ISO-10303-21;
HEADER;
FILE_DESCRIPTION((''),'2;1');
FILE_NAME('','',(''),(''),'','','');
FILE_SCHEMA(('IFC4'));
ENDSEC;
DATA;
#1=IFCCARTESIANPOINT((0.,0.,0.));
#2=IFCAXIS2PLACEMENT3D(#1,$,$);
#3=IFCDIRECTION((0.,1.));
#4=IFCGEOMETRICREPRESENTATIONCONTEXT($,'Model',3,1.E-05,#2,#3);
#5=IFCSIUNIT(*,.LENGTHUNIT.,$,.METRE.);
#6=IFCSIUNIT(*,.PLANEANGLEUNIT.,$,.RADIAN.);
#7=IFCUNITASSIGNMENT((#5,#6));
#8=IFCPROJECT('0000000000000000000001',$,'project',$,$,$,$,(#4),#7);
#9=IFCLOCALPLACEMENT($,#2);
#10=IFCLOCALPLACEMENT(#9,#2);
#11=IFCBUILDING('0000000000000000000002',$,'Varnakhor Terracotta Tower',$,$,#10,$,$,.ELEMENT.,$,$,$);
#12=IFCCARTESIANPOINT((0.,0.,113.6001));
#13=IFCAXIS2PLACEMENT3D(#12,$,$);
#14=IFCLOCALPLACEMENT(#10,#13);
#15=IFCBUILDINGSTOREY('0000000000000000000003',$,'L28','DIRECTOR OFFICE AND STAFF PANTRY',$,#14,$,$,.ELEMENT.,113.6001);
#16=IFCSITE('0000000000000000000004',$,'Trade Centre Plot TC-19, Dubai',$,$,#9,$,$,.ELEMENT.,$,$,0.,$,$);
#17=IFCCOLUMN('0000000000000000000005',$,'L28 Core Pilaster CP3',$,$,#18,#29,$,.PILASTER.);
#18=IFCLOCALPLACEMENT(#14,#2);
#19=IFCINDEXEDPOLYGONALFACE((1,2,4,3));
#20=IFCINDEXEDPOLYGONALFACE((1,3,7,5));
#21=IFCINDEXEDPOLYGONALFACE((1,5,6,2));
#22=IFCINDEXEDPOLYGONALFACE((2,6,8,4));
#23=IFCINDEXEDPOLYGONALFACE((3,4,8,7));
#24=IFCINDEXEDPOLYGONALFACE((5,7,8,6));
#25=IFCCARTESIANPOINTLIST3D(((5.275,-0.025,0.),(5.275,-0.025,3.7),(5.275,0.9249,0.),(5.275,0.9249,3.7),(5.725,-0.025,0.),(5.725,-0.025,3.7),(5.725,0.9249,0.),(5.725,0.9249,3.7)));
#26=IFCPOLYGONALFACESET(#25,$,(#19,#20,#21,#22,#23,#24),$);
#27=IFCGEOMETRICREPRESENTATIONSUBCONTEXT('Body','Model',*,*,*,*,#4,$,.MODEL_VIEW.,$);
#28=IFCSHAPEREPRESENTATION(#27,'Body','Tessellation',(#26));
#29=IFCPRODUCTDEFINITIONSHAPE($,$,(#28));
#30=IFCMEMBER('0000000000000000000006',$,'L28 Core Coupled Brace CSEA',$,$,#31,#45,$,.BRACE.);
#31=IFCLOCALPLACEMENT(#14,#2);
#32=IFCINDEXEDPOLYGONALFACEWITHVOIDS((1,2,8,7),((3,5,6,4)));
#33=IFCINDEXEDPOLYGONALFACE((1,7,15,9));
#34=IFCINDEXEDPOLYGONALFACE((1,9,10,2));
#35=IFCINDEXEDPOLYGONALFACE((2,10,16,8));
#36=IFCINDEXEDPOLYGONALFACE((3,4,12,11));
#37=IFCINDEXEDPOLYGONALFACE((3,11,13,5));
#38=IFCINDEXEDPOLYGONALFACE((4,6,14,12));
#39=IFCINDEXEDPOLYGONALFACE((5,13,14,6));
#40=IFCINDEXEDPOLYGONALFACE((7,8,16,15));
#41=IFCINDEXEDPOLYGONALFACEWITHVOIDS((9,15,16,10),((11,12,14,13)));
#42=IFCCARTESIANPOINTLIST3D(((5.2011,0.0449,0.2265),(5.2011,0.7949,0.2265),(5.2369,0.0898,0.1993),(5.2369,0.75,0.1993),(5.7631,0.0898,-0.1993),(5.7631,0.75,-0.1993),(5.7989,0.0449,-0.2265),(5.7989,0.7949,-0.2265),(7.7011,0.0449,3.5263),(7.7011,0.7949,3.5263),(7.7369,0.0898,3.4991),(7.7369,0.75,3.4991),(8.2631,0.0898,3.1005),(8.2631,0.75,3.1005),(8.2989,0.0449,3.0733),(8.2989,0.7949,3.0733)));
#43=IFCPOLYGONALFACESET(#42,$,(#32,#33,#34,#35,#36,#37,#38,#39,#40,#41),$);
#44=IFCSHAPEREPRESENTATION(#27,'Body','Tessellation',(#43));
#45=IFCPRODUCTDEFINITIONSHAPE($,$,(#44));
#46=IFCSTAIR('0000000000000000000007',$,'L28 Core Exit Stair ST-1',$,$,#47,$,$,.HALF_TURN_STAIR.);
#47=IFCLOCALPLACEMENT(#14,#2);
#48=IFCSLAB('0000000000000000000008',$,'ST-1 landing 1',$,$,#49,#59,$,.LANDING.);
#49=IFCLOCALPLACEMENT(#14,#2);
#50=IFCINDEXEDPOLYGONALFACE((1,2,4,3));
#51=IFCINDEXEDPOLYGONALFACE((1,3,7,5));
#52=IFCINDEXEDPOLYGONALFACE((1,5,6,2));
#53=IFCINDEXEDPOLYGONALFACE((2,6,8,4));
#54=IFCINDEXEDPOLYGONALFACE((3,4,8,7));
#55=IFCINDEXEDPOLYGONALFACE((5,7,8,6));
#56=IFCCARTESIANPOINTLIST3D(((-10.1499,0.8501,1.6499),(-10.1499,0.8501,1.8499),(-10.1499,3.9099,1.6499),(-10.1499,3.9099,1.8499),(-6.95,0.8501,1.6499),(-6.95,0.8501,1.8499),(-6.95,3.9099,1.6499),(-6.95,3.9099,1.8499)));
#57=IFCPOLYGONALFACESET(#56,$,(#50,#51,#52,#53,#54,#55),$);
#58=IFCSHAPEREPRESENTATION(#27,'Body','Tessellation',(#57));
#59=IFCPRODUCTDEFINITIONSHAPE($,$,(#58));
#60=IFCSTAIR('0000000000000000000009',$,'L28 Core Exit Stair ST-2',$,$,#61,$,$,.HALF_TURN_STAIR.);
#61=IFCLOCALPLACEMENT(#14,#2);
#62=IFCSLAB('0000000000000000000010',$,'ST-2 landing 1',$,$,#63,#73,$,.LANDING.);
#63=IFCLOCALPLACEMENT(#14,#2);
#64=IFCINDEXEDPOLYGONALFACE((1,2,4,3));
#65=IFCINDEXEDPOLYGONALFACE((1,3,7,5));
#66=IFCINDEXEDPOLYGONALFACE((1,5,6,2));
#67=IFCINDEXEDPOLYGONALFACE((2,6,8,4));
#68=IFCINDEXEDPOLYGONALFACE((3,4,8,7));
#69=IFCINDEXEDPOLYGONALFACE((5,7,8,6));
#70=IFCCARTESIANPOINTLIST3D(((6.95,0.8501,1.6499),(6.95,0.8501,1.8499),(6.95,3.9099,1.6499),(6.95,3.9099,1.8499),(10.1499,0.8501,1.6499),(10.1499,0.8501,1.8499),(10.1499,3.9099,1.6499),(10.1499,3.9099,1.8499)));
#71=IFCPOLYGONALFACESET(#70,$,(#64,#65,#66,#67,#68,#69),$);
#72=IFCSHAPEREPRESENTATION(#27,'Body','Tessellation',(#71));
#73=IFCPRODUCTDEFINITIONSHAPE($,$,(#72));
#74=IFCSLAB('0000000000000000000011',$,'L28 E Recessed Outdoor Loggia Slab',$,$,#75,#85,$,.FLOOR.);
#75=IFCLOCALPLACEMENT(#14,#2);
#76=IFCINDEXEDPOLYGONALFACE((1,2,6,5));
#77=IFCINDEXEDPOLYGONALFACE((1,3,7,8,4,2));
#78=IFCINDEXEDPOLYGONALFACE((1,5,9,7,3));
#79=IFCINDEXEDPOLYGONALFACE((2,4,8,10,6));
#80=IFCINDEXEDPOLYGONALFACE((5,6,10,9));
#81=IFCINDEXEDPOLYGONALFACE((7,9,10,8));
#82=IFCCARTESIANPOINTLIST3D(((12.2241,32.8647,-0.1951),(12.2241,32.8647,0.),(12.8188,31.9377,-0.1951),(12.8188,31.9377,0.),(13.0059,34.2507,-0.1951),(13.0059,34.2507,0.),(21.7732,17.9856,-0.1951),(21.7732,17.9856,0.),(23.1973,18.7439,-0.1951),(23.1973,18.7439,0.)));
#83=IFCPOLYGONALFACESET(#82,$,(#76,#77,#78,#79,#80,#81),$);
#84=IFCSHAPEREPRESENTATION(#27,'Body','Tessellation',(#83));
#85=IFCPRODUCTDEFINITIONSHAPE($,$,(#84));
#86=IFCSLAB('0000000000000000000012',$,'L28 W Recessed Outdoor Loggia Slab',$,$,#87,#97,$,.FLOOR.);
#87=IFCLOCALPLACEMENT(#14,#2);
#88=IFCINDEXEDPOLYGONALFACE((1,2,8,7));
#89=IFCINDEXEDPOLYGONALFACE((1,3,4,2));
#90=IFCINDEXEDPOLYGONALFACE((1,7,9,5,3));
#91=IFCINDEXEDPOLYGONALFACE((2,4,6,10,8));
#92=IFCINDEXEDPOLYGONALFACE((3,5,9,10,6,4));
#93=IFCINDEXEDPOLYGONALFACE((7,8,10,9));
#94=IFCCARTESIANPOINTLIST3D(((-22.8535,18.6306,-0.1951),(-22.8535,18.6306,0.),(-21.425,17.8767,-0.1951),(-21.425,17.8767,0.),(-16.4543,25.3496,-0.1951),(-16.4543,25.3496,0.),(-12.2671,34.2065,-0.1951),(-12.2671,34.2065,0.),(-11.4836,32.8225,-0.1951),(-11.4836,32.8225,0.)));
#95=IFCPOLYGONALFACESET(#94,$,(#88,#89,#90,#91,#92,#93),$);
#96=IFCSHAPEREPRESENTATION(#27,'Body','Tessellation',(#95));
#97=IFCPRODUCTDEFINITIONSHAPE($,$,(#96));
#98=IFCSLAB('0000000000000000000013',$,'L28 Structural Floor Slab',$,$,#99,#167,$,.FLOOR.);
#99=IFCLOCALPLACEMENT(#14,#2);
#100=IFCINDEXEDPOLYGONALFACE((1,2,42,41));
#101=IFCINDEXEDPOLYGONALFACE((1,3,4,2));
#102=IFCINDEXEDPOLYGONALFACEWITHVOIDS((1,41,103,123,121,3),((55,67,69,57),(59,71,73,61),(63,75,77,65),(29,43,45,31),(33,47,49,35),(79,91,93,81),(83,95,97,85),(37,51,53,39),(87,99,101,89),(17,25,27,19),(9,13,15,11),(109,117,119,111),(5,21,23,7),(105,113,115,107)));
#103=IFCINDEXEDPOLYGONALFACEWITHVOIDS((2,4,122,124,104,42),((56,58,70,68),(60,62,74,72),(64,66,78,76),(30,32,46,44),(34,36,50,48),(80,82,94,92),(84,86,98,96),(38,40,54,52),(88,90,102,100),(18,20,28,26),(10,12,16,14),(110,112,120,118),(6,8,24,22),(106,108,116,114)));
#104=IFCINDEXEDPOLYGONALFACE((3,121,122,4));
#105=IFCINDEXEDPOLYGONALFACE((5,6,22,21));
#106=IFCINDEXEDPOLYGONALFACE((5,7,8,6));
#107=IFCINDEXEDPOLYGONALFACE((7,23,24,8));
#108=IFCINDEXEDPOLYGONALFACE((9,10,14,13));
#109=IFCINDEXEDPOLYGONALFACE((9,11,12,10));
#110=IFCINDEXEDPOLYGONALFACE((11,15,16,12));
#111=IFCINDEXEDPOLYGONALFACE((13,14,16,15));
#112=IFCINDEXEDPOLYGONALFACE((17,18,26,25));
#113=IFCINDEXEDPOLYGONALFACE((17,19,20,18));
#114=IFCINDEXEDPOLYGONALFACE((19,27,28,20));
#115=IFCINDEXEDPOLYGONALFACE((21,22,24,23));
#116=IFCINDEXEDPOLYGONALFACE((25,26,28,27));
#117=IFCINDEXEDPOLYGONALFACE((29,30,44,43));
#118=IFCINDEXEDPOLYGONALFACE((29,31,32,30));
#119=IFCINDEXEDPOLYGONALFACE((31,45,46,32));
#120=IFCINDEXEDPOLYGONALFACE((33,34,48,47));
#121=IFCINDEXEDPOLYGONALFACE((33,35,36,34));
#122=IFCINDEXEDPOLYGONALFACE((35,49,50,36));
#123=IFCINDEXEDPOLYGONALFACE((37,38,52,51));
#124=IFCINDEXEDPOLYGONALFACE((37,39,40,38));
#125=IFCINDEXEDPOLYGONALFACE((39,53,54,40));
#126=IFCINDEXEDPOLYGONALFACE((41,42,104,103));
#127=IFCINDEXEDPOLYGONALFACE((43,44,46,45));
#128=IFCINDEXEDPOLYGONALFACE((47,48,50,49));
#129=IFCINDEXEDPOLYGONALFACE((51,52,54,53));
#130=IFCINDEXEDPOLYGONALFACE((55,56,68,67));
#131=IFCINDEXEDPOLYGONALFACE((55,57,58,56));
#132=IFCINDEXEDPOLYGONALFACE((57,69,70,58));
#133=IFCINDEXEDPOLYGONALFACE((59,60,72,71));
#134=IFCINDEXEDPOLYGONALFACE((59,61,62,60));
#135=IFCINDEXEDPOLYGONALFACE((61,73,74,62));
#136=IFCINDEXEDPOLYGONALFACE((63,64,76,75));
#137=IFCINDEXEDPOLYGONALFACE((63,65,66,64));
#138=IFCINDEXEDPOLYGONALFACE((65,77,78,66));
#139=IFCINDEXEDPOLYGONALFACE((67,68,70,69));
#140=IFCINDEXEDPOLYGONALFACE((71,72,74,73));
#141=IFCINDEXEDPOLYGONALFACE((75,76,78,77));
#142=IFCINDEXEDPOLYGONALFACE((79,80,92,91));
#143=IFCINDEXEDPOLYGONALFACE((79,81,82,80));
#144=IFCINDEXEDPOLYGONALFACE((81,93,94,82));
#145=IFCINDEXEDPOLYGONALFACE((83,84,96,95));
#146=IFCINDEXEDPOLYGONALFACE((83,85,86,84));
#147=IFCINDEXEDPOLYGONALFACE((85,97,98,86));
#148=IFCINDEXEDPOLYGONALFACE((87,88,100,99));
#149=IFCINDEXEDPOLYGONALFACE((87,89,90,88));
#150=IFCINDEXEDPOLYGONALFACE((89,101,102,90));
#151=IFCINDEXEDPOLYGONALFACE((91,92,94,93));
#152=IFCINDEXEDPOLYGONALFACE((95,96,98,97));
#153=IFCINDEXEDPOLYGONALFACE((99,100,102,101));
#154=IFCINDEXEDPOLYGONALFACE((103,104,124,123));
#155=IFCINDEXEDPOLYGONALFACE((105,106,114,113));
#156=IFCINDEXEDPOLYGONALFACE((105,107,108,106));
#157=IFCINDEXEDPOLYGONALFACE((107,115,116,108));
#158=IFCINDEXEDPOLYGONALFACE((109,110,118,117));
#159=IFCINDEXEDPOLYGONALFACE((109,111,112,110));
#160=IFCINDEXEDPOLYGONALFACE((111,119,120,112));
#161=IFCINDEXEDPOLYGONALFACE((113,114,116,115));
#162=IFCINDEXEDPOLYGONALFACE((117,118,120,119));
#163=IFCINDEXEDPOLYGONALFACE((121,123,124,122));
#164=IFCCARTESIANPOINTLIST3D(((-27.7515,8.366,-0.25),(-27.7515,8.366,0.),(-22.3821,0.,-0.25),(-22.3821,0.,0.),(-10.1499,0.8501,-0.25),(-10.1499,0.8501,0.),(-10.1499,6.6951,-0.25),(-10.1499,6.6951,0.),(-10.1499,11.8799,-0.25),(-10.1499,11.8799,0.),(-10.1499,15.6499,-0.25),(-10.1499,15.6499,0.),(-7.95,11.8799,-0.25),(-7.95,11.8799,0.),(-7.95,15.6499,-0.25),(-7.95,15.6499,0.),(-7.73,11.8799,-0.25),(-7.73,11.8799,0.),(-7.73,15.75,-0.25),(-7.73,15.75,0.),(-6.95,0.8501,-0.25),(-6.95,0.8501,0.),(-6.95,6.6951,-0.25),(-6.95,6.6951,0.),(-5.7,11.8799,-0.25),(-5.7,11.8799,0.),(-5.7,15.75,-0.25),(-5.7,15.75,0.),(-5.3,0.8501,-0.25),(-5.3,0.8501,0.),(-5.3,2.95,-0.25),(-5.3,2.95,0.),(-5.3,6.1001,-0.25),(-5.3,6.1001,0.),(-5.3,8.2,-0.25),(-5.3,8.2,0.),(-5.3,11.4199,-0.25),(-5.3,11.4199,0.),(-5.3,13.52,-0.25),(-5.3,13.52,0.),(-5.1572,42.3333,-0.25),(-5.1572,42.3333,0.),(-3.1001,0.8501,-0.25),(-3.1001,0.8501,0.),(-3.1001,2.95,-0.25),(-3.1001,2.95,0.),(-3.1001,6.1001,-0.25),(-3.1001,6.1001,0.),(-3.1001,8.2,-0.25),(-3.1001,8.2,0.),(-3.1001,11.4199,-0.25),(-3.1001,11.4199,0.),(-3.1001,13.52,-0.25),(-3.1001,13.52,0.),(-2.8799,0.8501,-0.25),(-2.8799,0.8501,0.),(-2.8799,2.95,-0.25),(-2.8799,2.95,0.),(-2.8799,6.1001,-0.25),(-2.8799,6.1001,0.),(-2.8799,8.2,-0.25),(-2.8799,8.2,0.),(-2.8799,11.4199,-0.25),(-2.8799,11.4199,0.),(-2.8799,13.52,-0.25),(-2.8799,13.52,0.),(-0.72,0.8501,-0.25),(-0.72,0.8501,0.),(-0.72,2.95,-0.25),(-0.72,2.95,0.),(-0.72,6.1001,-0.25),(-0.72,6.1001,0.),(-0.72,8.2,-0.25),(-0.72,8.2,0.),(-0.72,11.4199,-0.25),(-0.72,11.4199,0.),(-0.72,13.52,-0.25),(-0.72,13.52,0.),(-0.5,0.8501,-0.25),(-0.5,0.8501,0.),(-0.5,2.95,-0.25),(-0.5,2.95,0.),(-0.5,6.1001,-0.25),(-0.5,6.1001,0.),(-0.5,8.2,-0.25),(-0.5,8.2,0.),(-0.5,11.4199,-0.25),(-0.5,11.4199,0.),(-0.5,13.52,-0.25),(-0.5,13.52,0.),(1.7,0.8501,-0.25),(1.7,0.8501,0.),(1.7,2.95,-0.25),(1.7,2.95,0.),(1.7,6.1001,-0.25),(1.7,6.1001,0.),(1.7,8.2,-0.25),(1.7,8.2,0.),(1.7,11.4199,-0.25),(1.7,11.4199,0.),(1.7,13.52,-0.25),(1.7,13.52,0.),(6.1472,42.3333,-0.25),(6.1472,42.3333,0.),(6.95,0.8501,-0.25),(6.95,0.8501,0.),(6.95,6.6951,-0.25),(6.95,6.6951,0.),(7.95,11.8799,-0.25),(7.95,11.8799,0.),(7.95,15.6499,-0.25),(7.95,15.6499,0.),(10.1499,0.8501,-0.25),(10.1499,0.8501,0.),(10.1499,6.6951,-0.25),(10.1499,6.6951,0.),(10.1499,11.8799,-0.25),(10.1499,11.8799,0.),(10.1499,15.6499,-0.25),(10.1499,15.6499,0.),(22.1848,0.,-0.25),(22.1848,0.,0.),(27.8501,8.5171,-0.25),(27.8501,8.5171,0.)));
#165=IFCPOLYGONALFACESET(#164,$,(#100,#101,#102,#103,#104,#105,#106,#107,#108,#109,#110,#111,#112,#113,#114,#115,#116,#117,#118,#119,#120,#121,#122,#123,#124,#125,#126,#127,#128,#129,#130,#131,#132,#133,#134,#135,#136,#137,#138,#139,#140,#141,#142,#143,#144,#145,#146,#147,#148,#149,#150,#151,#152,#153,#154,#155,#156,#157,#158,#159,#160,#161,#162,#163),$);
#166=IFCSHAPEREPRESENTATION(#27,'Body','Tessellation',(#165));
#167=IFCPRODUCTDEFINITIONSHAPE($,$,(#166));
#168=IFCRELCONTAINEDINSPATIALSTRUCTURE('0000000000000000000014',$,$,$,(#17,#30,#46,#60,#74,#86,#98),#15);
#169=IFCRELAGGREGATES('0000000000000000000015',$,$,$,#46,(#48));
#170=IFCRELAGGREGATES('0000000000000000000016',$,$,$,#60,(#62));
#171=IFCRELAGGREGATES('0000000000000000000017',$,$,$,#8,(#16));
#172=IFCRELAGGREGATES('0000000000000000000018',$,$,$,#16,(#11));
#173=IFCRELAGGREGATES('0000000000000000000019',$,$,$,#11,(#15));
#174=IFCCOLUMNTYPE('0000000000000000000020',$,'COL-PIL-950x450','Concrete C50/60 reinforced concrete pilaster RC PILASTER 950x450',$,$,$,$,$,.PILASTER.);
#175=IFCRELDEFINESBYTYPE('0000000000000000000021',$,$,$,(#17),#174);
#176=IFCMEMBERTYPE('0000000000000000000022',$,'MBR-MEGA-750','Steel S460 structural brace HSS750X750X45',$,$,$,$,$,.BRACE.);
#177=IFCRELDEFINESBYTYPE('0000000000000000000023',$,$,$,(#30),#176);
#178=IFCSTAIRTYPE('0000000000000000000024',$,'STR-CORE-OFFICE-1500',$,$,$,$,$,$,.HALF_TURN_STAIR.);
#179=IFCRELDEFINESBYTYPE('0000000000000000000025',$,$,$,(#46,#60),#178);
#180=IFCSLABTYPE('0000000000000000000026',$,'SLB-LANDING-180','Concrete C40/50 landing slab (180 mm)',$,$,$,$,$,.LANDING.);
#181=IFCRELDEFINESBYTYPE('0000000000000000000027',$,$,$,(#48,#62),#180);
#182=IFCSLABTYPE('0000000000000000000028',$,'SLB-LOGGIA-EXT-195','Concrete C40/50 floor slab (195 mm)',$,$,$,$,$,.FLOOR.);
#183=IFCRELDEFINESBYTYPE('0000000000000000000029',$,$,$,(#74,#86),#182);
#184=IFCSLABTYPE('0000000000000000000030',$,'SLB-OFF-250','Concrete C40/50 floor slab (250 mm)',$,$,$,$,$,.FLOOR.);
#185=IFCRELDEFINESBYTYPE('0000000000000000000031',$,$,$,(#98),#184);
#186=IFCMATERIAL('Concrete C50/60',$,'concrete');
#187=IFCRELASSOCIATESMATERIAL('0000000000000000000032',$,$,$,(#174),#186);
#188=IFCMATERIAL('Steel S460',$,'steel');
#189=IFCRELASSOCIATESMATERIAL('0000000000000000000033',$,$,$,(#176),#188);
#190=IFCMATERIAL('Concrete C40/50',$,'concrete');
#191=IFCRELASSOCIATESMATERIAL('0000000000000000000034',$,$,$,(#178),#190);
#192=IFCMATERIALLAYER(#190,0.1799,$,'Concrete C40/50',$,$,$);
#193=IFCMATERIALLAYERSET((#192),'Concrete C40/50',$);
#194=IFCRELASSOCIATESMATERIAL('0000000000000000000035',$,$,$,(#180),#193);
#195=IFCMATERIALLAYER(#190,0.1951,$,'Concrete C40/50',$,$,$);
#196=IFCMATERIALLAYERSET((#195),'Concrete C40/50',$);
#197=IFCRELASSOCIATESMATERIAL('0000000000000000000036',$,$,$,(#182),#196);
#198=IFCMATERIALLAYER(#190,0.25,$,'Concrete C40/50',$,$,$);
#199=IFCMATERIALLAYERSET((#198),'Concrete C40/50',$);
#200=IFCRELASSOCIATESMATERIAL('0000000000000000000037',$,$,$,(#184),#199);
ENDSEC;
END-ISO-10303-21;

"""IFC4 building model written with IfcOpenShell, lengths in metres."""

from ifc_helpers import new_model, si_unit, direction, frame, origin, origin_2d, place, context, subcontext, project, spatial, polyline, rectangle, hollow_rectangle, outline, extrude, source, transform, mapped, material, layer, layer_set, material_profile, profile_set, type_object, element, aggregate, save


model = new_model("IFC4")

# Units and contexts
model_context = context("Model", 3, precision=1e-05, world=origin(), true_north=direction((0.0, 1.0)))
body_context = subcontext(model_context, "Body", "Model", "MODEL_VIEW")
ifc_project = project(units=[si_unit("LENGTHUNIT", "METRE"), si_unit("PLANEANGLEUNIT", "RADIAN")], contexts=[model_context])

# Site, building, storey
site_placement = place(None, origin())
site = spatial("IfcSite", under=ifc_project, at=site_placement, Name="Trade Centre Plot TC-19, Dubai", CompositionType="ELEMENT", RefElevation=0.0)
building_placement = place(site_placement, origin())
building = spatial("IfcBuilding", under=site, at=building_placement, Name="Varnakhor Terracotta Tower", CompositionType="ELEMENT")
storey_placement = place(building_placement, frame((0.0, 0.0, 113.6001)))
storey = spatial("IfcBuildingStorey", under=building, at=storey_placement, Name="L28", Description="DIRECTOR OFFICE AND STAFF PANTRY", CompositionType="ELEMENT", Elevation=113.6001)

# Column
ifc_material_1 = material(Name="Concrete C50/60", Category="concrete")
ifc_material_profile_1 = material_profile(ifc_material_1, rectangle(XDim=0.45, YDim=0.95, at=origin_2d()), Name="RC PILASTER 950x450")
ifc_profile_set_1 = profile_set([ifc_material_profile_1], Name="Concrete C50/60")
column_type = type_object("IfcColumnType", Name="COL-PIL-950x450", Description="Concrete C50/60 reinforced concrete pilaster RC PILASTER 950x450", PredefinedType="PILASTER", material=ifc_profile_set_1)
shared_shape_1 = source(origin(), body_context, "Body", "SweptSolid", [
    extrude(rectangle(XDim=0.45, YDim=0.95, at=origin_2d()), origin(), (0.0, 0.0, 1.0), 3.7),
])
column_placement = place(storey_placement, frame((5.5, 0.45, 0.0), z_axis=(0.0, 0.0, 1.0), x_axis=(1.0, 0.0, 0.0)))
element("IfcColumn", 1, at=column_placement, inside=storey, type_object=column_type, Name="L28 Core Pilaster CP3", PredefinedType="PILASTER", context=body_context, shape_type="MappedRepresentation", body=[
    mapped(shared_shape_1, transform((0.0, 0.0, 0.0), scale=1.0)),
])

# Member
ifc_material_2 = material(Name="Steel S460", Category="steel")
ifc_material_profile_2 = material_profile(ifc_material_2, hollow_rectangle(XDim=0.75, YDim=0.75, WallThickness=0.0449, at=origin_2d()), Name="HSS750X750X45")
ifc_profile_set_2 = profile_set([ifc_material_profile_2], Name="Steel S460")
member_type = type_object("IfcMemberType", Name="MBR-MEGA-750", Description="Steel S460 structural brace HSS750X750X45", PredefinedType="BRACE", material=ifc_profile_set_2)
shared_shape_2 = source(origin(), body_context, "Body", "SweptSolid", [
    extrude(hollow_rectangle(XDim=0.75, YDim=0.75, WallThickness=0.0449, at=origin_2d()), origin(), (0.0, 0.0, 1.0), 4.1399),
])
member_placement = place(storey_placement, frame((5.5, 0.4199, 0.0), z_axis=(0.60388, 0.0, 0.797075), x_axis=(0.0, 1.0, 0.0)))
element("IfcMember", 2, at=member_placement, inside=storey, type_object=member_type, Name="L28 Core Coupled Brace CSEA", PredefinedType="BRACE", context=body_context, shape_type="MappedRepresentation", body=[
    mapped(shared_shape_2, transform((0.0, 0.0, 0.0), scale=1.0)),
])

# Stairs, slabs
ifc_material_3 = material(Name="Concrete C40/50", Category="concrete")
stair_type = type_object("IfcStairType", Name="STR-CORE-OFFICE-1500", PredefinedType="HALF_TURN_STAIR", material=ifc_material_3)
stair_1_placement = place(storey_placement, origin())
stair_1 = element("IfcStair", 3, at=stair_1_placement, inside=storey, type_object=stair_type, Name="L28 Core Exit Stair ST-1", PredefinedType="HALF_TURN_STAIR")
ifc_layer_1 = layer(ifc_material_3, 0.1799, Name="Concrete C40/50")
ifc_layer_set_1 = layer_set([ifc_layer_1], Name="Concrete C40/50")
slab_type_1 = type_object("IfcSlabType", Name="SLB-LANDING-180", Description="Concrete C40/50 landing slab (180 mm)", PredefinedType="LANDING", material=ifc_layer_set_1)
slab_1_placement = place(storey_placement, frame((0.0, 0.0, 1.6499)))
slab_1 = element("IfcSlab", 4, at=slab_1_placement, type_object=slab_type_1, Name="ST-1 landing 1", PredefinedType="LANDING", context=body_context, shape_type="SweptSolid", body=[
    extrude(outline(polyline([(-10.1499, 3.9099), (-10.1499, 0.8501), (-6.95, 0.8501), (-6.95, 3.9099), (-10.1499, 3.9099)])), origin(), (0.0, 0.0, 1.0), 0.2),
])
aggregate(stair_1, [slab_1])
stair_2_placement = place(storey_placement, origin())
stair_2 = element("IfcStair", 5, at=stair_2_placement, inside=storey, type_object=stair_type, Name="L28 Core Exit Stair ST-2", PredefinedType="HALF_TURN_STAIR")
slab_2_placement = place(storey_placement, frame((0.0, 0.0, 1.6499)))
slab_2 = element("IfcSlab", 6, at=slab_2_placement, type_object=slab_type_1, Name="ST-2 landing 1", PredefinedType="LANDING", context=body_context, shape_type="SweptSolid", body=[
    extrude(outline(polyline([(6.95, 3.9099), (6.95, 0.8501), (10.1499, 0.8501), (10.1499, 3.9099), (6.95, 3.9099)])), origin(), (0.0, 0.0, 1.0), 0.2),
])
aggregate(stair_2, [slab_2])

# Slabs
ifc_layer_2 = layer(ifc_material_3, 0.1951, Name="Concrete C40/50")
ifc_layer_set_2 = layer_set([ifc_layer_2], Name="Concrete C40/50")
slab_type_2 = type_object("IfcSlabType", Name="SLB-LOGGIA-EXT-195", Description="Concrete C40/50 floor slab (195 mm)", PredefinedType="FLOOR", material=ifc_layer_set_2)
slab_3_placement = place(storey_placement, frame((0.0, 0.0, -0.1951)))
element("IfcSlab", 7, at=slab_3_placement, inside=storey, type_object=slab_type_2, Name="L28 E Recessed Outdoor Loggia Slab", PredefinedType="FLOOR", context=body_context, shape_type="SweptSolid", body=[
    extrude(outline(polyline([(13.0059, 34.2507), (23.1973, 18.7439), (21.7732, 17.9856), (12.8188, 31.9377), (12.2241, 32.8647), (13.0059, 34.2507)])), origin(), (0.0, 0.0, 1.0), 0.1951),
])
slab_4_placement = place(storey_placement, frame((0.0, 0.0, -0.1951)))
element("IfcSlab", 8, at=slab_4_placement, inside=storey, type_object=slab_type_2, Name="L28 W Recessed Outdoor Loggia Slab", PredefinedType="FLOOR", context=body_context, shape_type="SweptSolid", body=[
    extrude(outline(polyline([(-22.8535, 18.6306), (-12.2671, 34.2065), (-11.4836, 32.8225), (-16.4543, 25.3496), (-21.425, 17.8767), (-22.8535, 18.6306)])), origin(), (0.0, 0.0, 1.0), 0.1951),
])
ifc_layer_3 = layer(ifc_material_3, 0.25, Name="Concrete C40/50")
ifc_layer_set_3 = layer_set([ifc_layer_3], Name="Concrete C40/50")
slab_type_3 = type_object("IfcSlabType", Name="SLB-OFF-250", Description="Concrete C40/50 floor slab (250 mm)", PredefinedType="FLOOR", material=ifc_layer_set_3)
slab_5_placement = place(storey_placement, frame((0.0, 0.0, -0.25)))
element("IfcSlab", 9, at=slab_5_placement, inside=storey, type_object=slab_type_3, Name="L28 Structural Floor Slab", PredefinedType="FLOOR", context=body_context, shape_type="SweptSolid", body=[
    extrude(outline(polyline([(-27.7515, 8.366), (-5.1572, 42.3333), (6.1472, 42.3333), (27.8501, 8.5171), (22.1848, 0.0), (-22.3821, 0.0), (-27.7515, 8.366)]), holes=[polyline([(-3.1001, 0.8501), (-3.1001, 2.95), (-5.3, 2.95), (-5.3, 0.8501), (-3.1001, 0.8501)]), polyline([(-2.8799, 0.8501), (-0.72, 0.8501), (-0.72, 2.95), (-2.8799, 2.95), (-2.8799, 0.8501)]), polyline([(-10.1499, 0.8501), (-6.95, 0.8501), (-6.95, 6.6951), (-10.1499, 6.6951), (-10.1499, 0.8501)]), polyline([(-5.3, 6.1001), (-3.1001, 6.1001), (-3.1001, 8.2), (-5.3, 8.2), (-5.3, 6.1001)]), polyline([(-5.3, 11.4199), (-3.1001, 11.4199), (-3.1001, 13.52), (-5.3, 13.52), (-5.3, 11.4199)]), polyline([(-10.1499, 11.8799), (-7.95, 11.8799), (-7.95, 15.6499), (-10.1499, 15.6499), (-10.1499, 11.8799)]), polyline([(-7.73, 11.8799), (-5.7, 11.8799), (-5.7, 15.75), (-7.73, 15.75), (-7.73, 11.8799)]), polyline([(1.7, 0.8501), (1.7, 2.95), (-0.5, 2.95), (-0.5, 0.8501), (1.7, 0.8501)]), polyline([(6.95, 0.8501), (10.1499, 0.8501), (10.1499, 6.6951), (6.95, 6.6951), (6.95, 0.8501)]), polyline([(-2.8799, 6.1001), (-0.72, 6.1001), (-0.72, 8.2), (-2.8799, 8.2), (-2.8799, 6.1001)]), polyline([(-0.5, 6.1001), (1.7, 6.1001), (1.7, 8.2), (-0.5, 8.2), (-0.5, 6.1001)]), polyline([(-2.8799, 11.4199), (-0.72, 11.4199), (-0.72, 13.52), (-2.8799, 13.52), (-2.8799, 11.4199)]), polyline([(-0.5, 11.4199), (1.7, 11.4199), (1.7, 13.52), (-0.5, 13.52), (-0.5, 11.4199)]), polyline([(7.95, 11.8799), (10.1499, 11.8799), (10.1499, 15.6499), (7.95, 15.6499), (7.95, 11.8799)])]), origin(), (0.0, 0.0, 1.0), 0.25),
])

save(model, "model.ifc")
